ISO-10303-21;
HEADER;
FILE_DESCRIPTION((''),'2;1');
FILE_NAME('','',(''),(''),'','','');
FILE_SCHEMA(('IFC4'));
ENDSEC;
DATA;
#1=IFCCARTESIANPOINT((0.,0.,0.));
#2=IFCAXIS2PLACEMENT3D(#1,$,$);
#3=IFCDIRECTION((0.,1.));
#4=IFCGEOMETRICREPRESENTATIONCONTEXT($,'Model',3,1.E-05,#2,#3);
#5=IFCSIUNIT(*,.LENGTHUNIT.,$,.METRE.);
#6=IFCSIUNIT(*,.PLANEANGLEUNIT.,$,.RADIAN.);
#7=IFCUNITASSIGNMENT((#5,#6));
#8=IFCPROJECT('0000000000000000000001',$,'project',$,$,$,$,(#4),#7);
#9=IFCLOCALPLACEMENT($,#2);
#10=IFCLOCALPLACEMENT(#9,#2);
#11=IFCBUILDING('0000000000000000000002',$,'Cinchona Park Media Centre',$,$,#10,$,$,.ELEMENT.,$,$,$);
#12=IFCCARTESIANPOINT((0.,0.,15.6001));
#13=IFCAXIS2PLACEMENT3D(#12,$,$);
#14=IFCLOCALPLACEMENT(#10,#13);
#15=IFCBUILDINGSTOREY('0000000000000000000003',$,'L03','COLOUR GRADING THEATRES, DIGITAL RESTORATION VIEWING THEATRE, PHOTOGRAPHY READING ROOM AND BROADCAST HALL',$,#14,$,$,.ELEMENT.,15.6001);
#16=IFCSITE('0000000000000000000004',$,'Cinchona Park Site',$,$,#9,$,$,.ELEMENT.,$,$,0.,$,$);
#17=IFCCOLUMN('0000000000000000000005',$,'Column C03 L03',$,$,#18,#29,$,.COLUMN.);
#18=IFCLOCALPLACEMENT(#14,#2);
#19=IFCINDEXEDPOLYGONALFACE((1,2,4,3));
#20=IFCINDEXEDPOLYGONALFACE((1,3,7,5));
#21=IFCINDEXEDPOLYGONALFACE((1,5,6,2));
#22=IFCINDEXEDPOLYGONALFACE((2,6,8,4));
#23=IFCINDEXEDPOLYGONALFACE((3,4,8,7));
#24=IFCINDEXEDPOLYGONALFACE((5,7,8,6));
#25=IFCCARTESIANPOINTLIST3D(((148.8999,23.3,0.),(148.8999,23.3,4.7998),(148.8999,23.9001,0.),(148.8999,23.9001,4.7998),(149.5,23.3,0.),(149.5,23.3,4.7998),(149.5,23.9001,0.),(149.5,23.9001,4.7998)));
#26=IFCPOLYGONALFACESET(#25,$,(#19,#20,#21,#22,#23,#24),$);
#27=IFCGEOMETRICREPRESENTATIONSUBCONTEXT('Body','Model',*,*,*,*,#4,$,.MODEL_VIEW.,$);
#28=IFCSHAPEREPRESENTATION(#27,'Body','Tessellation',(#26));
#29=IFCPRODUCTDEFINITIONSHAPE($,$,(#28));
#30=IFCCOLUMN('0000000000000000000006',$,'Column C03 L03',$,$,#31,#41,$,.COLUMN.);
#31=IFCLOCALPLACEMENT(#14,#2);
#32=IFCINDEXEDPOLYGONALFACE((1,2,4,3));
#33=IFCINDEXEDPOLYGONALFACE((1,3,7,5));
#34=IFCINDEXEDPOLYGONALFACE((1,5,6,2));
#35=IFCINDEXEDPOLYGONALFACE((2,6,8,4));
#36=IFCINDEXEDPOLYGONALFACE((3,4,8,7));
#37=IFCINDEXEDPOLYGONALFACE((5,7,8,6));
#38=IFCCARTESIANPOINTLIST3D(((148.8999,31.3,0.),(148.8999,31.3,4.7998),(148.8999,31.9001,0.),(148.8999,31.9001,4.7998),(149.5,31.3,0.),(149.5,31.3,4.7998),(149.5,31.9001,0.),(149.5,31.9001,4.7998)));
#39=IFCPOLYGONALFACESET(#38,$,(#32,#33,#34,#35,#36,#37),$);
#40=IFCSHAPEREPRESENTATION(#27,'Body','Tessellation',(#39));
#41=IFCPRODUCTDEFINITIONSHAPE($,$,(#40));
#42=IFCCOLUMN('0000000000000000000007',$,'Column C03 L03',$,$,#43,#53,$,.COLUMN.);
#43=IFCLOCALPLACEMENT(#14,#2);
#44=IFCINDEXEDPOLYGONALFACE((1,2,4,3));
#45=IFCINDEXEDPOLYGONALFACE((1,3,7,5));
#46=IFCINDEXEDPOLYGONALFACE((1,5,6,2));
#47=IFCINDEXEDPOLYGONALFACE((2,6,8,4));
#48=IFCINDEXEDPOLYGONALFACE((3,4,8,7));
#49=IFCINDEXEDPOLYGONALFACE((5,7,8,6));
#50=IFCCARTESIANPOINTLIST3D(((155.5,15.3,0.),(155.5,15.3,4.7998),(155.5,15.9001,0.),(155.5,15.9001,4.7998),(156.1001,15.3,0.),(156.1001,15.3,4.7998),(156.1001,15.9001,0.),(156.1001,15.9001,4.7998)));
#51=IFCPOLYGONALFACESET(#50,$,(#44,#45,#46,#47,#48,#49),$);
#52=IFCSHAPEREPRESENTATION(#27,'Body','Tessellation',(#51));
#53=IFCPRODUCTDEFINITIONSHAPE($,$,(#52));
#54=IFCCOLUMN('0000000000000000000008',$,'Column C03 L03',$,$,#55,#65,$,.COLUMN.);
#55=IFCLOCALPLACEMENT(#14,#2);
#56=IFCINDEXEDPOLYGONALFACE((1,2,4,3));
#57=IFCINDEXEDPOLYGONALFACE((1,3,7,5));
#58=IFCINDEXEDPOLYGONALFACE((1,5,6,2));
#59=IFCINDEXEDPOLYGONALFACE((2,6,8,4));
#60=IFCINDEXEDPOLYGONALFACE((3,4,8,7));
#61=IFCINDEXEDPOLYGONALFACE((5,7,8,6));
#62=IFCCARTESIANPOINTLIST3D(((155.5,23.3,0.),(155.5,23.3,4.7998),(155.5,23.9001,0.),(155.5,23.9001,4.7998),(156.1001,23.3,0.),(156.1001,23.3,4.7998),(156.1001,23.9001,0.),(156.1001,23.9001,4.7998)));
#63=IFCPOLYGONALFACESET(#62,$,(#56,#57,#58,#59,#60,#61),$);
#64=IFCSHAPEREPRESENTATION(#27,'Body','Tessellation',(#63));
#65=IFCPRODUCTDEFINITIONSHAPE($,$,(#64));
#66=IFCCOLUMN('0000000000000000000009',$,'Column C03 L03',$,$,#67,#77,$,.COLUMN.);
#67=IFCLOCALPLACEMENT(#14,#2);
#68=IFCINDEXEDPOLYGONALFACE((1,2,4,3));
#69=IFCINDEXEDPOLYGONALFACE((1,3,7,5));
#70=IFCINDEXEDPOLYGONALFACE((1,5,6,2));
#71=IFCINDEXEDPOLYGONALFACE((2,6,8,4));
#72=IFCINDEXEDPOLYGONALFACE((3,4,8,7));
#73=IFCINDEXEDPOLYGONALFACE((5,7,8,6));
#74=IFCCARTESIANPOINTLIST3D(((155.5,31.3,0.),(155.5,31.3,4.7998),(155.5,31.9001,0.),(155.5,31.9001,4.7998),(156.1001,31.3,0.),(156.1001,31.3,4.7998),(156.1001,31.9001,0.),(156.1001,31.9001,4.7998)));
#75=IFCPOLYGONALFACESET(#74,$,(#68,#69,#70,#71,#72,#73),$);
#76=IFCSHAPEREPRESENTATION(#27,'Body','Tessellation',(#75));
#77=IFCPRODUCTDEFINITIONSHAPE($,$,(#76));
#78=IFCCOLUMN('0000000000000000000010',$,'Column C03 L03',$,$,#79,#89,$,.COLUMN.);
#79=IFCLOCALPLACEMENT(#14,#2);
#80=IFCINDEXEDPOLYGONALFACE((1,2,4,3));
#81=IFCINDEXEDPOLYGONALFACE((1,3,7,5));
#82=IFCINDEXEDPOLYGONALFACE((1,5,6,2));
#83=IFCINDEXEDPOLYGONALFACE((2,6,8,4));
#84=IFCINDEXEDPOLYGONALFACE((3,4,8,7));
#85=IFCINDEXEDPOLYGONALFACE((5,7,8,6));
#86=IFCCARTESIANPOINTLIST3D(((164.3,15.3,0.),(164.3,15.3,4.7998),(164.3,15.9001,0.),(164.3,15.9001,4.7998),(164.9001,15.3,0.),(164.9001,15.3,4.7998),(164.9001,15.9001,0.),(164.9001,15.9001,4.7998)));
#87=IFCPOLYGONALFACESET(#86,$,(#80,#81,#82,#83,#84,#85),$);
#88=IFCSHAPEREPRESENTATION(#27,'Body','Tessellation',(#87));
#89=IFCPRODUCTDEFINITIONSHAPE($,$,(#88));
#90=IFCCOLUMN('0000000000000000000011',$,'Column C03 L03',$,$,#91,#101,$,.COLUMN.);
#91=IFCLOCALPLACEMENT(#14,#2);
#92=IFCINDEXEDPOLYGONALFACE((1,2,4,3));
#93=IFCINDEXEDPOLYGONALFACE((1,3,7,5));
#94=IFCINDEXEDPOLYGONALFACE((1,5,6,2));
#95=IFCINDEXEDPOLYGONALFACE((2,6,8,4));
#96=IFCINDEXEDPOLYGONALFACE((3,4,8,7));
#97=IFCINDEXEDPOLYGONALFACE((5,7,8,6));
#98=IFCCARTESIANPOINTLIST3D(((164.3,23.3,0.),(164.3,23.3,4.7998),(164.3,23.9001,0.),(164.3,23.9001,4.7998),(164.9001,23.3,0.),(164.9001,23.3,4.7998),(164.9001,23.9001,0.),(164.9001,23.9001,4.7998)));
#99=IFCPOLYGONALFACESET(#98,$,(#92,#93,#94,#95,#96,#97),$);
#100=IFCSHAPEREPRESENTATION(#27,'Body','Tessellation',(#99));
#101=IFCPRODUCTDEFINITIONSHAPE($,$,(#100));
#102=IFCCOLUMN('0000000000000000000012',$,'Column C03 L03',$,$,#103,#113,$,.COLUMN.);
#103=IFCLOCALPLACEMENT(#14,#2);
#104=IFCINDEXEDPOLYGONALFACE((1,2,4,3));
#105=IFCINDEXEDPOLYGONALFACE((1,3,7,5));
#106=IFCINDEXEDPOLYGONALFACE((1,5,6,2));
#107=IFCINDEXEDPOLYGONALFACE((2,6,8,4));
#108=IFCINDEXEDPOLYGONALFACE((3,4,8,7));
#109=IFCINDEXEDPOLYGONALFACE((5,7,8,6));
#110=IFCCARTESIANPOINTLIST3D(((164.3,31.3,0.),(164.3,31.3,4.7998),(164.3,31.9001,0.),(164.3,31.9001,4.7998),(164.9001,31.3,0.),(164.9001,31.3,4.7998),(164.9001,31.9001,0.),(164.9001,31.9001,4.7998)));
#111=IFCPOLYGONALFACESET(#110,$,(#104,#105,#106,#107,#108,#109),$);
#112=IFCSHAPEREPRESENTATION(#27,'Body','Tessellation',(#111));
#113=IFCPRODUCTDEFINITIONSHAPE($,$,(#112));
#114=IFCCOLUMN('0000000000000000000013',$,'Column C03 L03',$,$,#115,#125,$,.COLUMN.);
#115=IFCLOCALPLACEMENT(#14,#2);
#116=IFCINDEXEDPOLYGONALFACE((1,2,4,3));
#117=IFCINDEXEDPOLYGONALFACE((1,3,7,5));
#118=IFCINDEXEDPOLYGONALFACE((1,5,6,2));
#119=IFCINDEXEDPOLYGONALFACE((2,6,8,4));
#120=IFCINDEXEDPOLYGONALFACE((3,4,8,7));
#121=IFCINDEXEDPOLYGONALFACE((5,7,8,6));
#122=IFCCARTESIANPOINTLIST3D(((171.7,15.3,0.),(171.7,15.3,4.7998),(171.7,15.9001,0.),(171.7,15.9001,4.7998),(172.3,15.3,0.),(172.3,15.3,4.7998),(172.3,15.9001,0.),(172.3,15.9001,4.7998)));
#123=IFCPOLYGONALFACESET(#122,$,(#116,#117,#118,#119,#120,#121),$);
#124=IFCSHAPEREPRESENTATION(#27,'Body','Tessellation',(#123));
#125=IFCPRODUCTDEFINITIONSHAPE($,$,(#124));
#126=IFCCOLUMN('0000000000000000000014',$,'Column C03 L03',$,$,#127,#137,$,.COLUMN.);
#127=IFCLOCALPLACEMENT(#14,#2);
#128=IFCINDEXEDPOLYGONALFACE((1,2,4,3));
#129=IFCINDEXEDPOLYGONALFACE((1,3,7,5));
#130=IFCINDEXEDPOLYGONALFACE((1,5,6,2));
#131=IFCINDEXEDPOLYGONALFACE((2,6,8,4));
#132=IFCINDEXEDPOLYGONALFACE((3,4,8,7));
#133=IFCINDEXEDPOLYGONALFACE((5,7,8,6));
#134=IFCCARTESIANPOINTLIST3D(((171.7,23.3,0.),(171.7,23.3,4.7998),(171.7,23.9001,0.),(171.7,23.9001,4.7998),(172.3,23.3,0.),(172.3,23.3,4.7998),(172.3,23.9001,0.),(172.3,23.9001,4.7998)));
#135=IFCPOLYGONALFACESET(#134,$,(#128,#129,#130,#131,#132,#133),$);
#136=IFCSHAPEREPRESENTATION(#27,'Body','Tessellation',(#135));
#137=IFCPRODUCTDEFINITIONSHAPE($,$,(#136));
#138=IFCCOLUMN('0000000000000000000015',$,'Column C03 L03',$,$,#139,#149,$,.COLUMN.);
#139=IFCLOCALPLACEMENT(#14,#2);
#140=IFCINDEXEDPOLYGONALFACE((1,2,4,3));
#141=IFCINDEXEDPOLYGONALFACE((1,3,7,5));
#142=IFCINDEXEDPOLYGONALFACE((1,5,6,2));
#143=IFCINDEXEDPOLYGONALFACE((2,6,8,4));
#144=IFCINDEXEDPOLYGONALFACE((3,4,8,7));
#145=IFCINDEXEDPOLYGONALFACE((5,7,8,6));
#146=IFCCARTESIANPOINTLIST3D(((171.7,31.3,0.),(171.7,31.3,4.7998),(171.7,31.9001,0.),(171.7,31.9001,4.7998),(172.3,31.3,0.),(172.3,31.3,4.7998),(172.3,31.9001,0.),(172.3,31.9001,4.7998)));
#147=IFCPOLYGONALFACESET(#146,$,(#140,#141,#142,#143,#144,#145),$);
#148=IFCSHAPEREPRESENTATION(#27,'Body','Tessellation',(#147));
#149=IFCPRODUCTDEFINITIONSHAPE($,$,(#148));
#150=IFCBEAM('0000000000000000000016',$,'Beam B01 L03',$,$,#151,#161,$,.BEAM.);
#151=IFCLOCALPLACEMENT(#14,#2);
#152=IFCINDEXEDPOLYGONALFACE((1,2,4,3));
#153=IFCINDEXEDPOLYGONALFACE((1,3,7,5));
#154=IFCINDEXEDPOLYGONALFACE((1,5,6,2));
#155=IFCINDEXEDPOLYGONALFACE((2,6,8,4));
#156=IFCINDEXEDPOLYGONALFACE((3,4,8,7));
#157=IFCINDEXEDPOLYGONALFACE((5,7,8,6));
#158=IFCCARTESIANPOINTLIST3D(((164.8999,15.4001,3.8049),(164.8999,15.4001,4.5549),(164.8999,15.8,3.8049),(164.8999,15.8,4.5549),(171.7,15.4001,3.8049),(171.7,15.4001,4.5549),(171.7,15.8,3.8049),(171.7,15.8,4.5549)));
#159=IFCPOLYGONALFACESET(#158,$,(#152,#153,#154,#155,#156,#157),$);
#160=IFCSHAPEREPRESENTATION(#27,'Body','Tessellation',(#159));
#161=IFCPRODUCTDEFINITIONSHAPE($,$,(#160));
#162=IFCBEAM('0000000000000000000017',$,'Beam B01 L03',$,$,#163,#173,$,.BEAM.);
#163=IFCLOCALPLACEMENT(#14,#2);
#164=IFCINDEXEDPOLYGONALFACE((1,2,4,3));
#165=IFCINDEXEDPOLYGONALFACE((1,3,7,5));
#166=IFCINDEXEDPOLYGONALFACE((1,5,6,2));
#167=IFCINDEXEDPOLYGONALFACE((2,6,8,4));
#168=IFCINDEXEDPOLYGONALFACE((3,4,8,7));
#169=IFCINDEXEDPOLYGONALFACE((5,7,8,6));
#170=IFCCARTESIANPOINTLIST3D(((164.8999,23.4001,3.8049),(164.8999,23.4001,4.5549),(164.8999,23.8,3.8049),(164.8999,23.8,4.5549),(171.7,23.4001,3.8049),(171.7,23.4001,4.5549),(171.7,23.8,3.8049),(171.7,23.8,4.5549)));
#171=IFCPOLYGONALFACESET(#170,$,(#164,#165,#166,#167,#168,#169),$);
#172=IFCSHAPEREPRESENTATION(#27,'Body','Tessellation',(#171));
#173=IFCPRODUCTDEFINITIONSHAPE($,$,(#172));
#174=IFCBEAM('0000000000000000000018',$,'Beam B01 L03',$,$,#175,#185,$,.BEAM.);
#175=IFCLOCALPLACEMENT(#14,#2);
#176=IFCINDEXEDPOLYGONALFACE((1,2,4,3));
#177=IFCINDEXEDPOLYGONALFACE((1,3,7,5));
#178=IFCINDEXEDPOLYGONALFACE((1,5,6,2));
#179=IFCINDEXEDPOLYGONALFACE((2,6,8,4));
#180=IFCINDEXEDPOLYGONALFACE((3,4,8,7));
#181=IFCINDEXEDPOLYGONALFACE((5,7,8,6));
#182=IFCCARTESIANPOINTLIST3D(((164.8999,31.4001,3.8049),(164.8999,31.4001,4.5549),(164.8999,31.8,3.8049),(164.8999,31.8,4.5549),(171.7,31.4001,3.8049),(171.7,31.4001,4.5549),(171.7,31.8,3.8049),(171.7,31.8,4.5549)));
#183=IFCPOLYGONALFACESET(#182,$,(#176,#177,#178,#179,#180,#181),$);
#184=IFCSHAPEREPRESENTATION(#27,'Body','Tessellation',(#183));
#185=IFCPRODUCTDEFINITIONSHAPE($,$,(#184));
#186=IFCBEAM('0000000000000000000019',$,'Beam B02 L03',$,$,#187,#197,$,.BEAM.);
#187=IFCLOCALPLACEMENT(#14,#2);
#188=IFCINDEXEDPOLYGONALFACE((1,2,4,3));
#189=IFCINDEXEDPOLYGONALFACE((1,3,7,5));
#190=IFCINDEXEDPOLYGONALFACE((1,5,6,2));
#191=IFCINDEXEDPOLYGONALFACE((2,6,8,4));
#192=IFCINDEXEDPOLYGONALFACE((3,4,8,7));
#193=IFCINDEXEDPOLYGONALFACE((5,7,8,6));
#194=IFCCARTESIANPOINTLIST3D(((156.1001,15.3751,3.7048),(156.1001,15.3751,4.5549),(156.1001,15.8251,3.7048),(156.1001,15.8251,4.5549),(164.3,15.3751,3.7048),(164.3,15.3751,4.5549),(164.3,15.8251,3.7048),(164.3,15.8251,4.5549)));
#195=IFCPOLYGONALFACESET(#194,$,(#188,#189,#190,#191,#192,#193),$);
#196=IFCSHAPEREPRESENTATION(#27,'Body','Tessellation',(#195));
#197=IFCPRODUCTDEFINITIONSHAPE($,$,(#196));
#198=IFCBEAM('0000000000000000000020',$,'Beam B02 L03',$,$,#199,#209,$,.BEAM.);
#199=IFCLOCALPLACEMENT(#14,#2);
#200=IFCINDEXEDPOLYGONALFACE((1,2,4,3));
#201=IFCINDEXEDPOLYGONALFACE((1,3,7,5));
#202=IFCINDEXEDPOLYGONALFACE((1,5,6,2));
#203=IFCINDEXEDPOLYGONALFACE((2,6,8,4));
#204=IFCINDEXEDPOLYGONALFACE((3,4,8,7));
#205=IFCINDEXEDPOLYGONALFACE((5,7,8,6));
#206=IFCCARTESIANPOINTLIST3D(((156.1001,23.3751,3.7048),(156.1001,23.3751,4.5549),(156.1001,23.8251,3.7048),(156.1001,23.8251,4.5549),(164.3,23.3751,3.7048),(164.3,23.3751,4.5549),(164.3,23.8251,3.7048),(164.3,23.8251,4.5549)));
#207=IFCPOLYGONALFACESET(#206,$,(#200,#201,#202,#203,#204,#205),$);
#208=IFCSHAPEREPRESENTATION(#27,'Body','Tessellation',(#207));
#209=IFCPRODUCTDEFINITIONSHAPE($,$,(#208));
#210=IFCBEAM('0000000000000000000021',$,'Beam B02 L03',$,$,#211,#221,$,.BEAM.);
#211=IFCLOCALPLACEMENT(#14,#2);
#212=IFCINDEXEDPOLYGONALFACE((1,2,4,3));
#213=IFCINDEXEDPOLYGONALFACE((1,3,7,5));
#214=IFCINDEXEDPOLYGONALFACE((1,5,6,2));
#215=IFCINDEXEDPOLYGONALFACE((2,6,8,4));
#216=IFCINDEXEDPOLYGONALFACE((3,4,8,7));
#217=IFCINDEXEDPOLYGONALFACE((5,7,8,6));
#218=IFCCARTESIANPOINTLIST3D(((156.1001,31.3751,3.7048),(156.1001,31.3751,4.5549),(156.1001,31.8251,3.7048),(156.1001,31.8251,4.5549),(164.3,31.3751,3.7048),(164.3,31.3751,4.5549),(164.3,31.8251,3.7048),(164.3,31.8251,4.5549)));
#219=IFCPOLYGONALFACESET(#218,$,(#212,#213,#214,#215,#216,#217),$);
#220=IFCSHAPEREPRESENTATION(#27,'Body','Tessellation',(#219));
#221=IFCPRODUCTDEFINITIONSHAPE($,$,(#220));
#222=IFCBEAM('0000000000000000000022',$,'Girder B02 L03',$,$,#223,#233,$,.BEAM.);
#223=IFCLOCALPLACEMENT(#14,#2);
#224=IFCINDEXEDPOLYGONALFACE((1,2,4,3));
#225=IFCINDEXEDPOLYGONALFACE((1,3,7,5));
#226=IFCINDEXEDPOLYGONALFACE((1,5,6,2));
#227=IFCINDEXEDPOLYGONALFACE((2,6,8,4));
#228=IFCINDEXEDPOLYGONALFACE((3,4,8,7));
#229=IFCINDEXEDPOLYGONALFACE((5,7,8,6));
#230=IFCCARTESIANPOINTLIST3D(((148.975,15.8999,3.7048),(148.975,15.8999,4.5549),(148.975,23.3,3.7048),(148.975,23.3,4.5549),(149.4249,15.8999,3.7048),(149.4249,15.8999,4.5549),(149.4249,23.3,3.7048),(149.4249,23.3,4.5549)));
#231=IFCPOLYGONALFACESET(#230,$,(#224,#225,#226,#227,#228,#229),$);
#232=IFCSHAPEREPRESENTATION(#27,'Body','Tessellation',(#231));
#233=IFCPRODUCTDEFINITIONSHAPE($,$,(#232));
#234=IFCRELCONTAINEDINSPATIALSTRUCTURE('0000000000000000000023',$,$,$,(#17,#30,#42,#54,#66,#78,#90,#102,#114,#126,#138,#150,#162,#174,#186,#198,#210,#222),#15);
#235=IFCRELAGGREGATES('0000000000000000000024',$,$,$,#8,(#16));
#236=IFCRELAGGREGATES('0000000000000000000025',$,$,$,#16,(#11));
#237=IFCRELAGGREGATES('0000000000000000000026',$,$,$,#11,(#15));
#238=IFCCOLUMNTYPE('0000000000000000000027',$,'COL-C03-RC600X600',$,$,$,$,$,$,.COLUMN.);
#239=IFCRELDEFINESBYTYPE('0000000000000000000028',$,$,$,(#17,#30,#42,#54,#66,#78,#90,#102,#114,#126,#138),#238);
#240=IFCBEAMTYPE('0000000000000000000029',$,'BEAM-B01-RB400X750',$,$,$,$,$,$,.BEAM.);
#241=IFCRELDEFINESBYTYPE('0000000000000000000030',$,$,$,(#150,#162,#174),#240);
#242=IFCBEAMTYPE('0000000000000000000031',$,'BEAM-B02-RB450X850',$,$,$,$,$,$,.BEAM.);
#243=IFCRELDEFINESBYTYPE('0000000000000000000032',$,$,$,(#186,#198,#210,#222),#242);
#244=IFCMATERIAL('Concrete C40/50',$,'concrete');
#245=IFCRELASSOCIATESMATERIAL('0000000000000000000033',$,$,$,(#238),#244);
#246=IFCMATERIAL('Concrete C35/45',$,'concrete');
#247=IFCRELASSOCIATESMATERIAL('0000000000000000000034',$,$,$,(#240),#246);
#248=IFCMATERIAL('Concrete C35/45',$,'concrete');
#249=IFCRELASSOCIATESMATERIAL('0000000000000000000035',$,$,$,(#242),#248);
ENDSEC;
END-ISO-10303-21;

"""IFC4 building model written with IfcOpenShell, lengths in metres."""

from ifc_helpers import new_model, si_unit, direction, frame, origin, origin_2d, place, context, subcontext, project, spatial, rectangle, extrude, material, material_profile, profile_set, type_object, element, save


model = new_model("IFC4")

# Units and contexts
model_context = context("Model", 3, precision=1e-05, world=origin(), true_north=direction((0.0, 1.0)))
body_context = subcontext(model_context, "Body", "Model", "MODEL_VIEW")
ifc_project = project(units=[si_unit("LENGTHUNIT", "METRE"), si_unit("PLANEANGLEUNIT", "RADIAN")], contexts=[model_context])

# Site, building, storey
site_placement = place(None, origin())
site = spatial("IfcSite", under=ifc_project, at=site_placement, Name="Cinchona Park Site", CompositionType="ELEMENT", RefElevation=0.0)
building_placement = place(site_placement, origin())
building = spatial("IfcBuilding", under=site, at=building_placement, Name="Cinchona Park Media Centre", CompositionType="ELEMENT")
storey_placement = place(building_placement, frame((0.0, 0.0, 15.6001)))
storey = spatial("IfcBuildingStorey", under=building, at=storey_placement, Name="L03", Description="COLOUR GRADING THEATRES, DIGITAL RESTORATION VIEWING THEATRE, PHOTOGRAPHY READING ROOM AND BROADCAST HALL", CompositionType="ELEMENT", Elevation=15.6001)

# Columns
ifc_material_1 = material(Name="Concrete C40/50", Category="concrete")
ifc_material_profile_1 = material_profile(ifc_material_1, rectangle(XDim=0.6001, YDim=0.6001, at=origin_2d()), Name="RC 600X600")
ifc_profile_set_1 = profile_set([ifc_material_profile_1], Name="Concrete C40/50")
column_type = type_object("IfcColumnType", Name="COL-C03-RC600X600", PredefinedType="COLUMN", material=ifc_profile_set_1)
for number, where, z_axis, x_axis, name in (
    (1, (149.2, 23.6001, 0.0), (0.0, 0.0, 1.0), (1.0, 0.0, 0.0), "Column C03 L03"),
    (2, (149.2, 31.6001, 0.0), (0.0, 0.0, 1.0), (1.0, 0.0, 0.0), "Column C03 L03"),
    (3, (155.8, 15.6001, 0.0), (0.0, 0.0, 1.0), (1.0, 0.0, 0.0), "Column C03 L03"),
    (4, (155.8, 23.6001, 0.0), (0.0, 0.0, 1.0), (1.0, 0.0, 0.0), "Column C03 L03"),
    (5, (155.8, 31.6001, 0.0), (0.0, 0.0, 1.0), (1.0, 0.0, 0.0), "Column C03 L03"),
    (6, (164.6001, 15.6001, 0.0), (0.0, 0.0, 1.0), (1.0, 0.0, 0.0), "Column C03 L03"),
    (7, (164.6001, 23.6001, 0.0), (0.0, 0.0, 1.0), (1.0, 0.0, 0.0), "Column C03 L03"),
    (8, (164.6001, 31.6001, 0.0), (0.0, 0.0, 1.0), (1.0, 0.0, 0.0), "Column C03 L03"),
    (9, (172.0, 15.6001, 0.0), (0.0, 0.0, 1.0), (1.0, 0.0, 0.0), "Column C03 L03"),
    (10, (172.0, 23.6001, 0.0), (0.0, 0.0, 1.0), (1.0, 0.0, 0.0), "Column C03 L03"),
    (11, (172.0, 31.6001, 0.0), (0.0, 0.0, 1.0), (1.0, 0.0, 0.0), "Column C03 L03"),
):
    element("IfcColumn", number, at=place(storey_placement, frame(where, z_axis=z_axis, x_axis=x_axis)), inside=storey, type_object=column_type, Name=name, PredefinedType="COLUMN", context=body_context, shape_type="SweptSolid", body=[
        extrude(rectangle(XDim=0.6001, YDim=0.6001, at=origin_2d()), origin(), (0.0, 0.0, 1.0), 4.7998),
    ])

# Beams
ifc_material_2 = material(Name="Concrete C35/45", Category="concrete")
ifc_material_profile_2 = material_profile(ifc_material_2, rectangle(XDim=0.3999, YDim=0.75, at=origin_2d()), Name="RB 400X750")
ifc_profile_set_2 = profile_set([ifc_material_profile_2], Name="Concrete C35/45")
beam_type_1 = type_object("IfcBeamType", Name="BEAM-B01-RB400X750", PredefinedType="BEAM", material=ifc_profile_set_2)
for number, where, z_axis, x_axis, name in (
    (12, (164.8999, 15.6001, 4.1799), (1.0, 0.0, 0.0), (0.0, 1.0, 0.0), "Beam B01 L03"),
    (13, (164.8999, 23.6001, 4.1799), (1.0, 0.0, 0.0), (0.0, 1.0, 0.0), "Beam B01 L03"),
    (14, (164.8999, 31.6001, 4.1799), (1.0, 0.0, 0.0), (0.0, 1.0, 0.0), "Beam B01 L03"),
):
    element("IfcBeam", number, at=place(storey_placement, frame(where, z_axis=z_axis, x_axis=x_axis)), inside=storey, type_object=beam_type_1, Name=name, PredefinedType="BEAM", context=body_context, shape_type="SweptSolid", body=[
        extrude(rectangle(XDim=0.3999, YDim=0.75, at=origin_2d()), origin(), (0.0, 0.0, 1.0), 6.8),
    ])
ifc_material_3 = material(Name="Concrete C35/45", Category="concrete")
ifc_material_profile_3 = material_profile(ifc_material_3, rectangle(XDim=0.45, YDim=0.8501, at=origin_2d()), Name="RB 450X850")
ifc_profile_set_3 = profile_set([ifc_material_profile_3], Name="Concrete C35/45")
beam_type_2 = type_object("IfcBeamType", Name="BEAM-B02-RB450X850", PredefinedType="BEAM", material=ifc_profile_set_3)
for number, where, z_axis, x_axis, name in (
    (15, (156.1001, 15.6001, 4.1299), (1.0, 0.0, 0.0), (0.0, 1.0, 0.0), "Beam B02 L03"),
    (16, (156.1001, 23.6001, 4.1299), (1.0, 0.0, 0.0), (0.0, 1.0, 0.0), "Beam B02 L03"),
    (17, (156.1001, 31.6001, 4.1299), (1.0, 0.0, 0.0), (0.0, 1.0, 0.0), "Beam B02 L03"),
):
    element("IfcBeam", number, at=place(storey_placement, frame(where, z_axis=z_axis, x_axis=x_axis)), inside=storey, type_object=beam_type_2, Name=name, PredefinedType="BEAM", context=body_context, shape_type="SweptSolid", body=[
        extrude(rectangle(XDim=0.45, YDim=0.8501, at=origin_2d()), origin(), (0.0, 0.0, 1.0), 8.2),
    ])
for number, where, z_axis, x_axis, name in (
    (18, (149.2, 15.8999, 4.1299), (0.0, 1.0, 0.0), (-1.0, 0.0, 0.0), "Girder B02 L03"),
):
    element("IfcBeam", number, at=place(storey_placement, frame(where, z_axis=z_axis, x_axis=x_axis)), inside=storey, type_object=beam_type_2, Name=name, PredefinedType="BEAM", context=body_context, shape_type="SweptSolid", body=[
        extrude(rectangle(XDim=0.45, YDim=0.8501, at=origin_2d()), origin(), (0.0, 0.0, 1.0), 7.4001),
    ])

save(model, "model.ifc")
